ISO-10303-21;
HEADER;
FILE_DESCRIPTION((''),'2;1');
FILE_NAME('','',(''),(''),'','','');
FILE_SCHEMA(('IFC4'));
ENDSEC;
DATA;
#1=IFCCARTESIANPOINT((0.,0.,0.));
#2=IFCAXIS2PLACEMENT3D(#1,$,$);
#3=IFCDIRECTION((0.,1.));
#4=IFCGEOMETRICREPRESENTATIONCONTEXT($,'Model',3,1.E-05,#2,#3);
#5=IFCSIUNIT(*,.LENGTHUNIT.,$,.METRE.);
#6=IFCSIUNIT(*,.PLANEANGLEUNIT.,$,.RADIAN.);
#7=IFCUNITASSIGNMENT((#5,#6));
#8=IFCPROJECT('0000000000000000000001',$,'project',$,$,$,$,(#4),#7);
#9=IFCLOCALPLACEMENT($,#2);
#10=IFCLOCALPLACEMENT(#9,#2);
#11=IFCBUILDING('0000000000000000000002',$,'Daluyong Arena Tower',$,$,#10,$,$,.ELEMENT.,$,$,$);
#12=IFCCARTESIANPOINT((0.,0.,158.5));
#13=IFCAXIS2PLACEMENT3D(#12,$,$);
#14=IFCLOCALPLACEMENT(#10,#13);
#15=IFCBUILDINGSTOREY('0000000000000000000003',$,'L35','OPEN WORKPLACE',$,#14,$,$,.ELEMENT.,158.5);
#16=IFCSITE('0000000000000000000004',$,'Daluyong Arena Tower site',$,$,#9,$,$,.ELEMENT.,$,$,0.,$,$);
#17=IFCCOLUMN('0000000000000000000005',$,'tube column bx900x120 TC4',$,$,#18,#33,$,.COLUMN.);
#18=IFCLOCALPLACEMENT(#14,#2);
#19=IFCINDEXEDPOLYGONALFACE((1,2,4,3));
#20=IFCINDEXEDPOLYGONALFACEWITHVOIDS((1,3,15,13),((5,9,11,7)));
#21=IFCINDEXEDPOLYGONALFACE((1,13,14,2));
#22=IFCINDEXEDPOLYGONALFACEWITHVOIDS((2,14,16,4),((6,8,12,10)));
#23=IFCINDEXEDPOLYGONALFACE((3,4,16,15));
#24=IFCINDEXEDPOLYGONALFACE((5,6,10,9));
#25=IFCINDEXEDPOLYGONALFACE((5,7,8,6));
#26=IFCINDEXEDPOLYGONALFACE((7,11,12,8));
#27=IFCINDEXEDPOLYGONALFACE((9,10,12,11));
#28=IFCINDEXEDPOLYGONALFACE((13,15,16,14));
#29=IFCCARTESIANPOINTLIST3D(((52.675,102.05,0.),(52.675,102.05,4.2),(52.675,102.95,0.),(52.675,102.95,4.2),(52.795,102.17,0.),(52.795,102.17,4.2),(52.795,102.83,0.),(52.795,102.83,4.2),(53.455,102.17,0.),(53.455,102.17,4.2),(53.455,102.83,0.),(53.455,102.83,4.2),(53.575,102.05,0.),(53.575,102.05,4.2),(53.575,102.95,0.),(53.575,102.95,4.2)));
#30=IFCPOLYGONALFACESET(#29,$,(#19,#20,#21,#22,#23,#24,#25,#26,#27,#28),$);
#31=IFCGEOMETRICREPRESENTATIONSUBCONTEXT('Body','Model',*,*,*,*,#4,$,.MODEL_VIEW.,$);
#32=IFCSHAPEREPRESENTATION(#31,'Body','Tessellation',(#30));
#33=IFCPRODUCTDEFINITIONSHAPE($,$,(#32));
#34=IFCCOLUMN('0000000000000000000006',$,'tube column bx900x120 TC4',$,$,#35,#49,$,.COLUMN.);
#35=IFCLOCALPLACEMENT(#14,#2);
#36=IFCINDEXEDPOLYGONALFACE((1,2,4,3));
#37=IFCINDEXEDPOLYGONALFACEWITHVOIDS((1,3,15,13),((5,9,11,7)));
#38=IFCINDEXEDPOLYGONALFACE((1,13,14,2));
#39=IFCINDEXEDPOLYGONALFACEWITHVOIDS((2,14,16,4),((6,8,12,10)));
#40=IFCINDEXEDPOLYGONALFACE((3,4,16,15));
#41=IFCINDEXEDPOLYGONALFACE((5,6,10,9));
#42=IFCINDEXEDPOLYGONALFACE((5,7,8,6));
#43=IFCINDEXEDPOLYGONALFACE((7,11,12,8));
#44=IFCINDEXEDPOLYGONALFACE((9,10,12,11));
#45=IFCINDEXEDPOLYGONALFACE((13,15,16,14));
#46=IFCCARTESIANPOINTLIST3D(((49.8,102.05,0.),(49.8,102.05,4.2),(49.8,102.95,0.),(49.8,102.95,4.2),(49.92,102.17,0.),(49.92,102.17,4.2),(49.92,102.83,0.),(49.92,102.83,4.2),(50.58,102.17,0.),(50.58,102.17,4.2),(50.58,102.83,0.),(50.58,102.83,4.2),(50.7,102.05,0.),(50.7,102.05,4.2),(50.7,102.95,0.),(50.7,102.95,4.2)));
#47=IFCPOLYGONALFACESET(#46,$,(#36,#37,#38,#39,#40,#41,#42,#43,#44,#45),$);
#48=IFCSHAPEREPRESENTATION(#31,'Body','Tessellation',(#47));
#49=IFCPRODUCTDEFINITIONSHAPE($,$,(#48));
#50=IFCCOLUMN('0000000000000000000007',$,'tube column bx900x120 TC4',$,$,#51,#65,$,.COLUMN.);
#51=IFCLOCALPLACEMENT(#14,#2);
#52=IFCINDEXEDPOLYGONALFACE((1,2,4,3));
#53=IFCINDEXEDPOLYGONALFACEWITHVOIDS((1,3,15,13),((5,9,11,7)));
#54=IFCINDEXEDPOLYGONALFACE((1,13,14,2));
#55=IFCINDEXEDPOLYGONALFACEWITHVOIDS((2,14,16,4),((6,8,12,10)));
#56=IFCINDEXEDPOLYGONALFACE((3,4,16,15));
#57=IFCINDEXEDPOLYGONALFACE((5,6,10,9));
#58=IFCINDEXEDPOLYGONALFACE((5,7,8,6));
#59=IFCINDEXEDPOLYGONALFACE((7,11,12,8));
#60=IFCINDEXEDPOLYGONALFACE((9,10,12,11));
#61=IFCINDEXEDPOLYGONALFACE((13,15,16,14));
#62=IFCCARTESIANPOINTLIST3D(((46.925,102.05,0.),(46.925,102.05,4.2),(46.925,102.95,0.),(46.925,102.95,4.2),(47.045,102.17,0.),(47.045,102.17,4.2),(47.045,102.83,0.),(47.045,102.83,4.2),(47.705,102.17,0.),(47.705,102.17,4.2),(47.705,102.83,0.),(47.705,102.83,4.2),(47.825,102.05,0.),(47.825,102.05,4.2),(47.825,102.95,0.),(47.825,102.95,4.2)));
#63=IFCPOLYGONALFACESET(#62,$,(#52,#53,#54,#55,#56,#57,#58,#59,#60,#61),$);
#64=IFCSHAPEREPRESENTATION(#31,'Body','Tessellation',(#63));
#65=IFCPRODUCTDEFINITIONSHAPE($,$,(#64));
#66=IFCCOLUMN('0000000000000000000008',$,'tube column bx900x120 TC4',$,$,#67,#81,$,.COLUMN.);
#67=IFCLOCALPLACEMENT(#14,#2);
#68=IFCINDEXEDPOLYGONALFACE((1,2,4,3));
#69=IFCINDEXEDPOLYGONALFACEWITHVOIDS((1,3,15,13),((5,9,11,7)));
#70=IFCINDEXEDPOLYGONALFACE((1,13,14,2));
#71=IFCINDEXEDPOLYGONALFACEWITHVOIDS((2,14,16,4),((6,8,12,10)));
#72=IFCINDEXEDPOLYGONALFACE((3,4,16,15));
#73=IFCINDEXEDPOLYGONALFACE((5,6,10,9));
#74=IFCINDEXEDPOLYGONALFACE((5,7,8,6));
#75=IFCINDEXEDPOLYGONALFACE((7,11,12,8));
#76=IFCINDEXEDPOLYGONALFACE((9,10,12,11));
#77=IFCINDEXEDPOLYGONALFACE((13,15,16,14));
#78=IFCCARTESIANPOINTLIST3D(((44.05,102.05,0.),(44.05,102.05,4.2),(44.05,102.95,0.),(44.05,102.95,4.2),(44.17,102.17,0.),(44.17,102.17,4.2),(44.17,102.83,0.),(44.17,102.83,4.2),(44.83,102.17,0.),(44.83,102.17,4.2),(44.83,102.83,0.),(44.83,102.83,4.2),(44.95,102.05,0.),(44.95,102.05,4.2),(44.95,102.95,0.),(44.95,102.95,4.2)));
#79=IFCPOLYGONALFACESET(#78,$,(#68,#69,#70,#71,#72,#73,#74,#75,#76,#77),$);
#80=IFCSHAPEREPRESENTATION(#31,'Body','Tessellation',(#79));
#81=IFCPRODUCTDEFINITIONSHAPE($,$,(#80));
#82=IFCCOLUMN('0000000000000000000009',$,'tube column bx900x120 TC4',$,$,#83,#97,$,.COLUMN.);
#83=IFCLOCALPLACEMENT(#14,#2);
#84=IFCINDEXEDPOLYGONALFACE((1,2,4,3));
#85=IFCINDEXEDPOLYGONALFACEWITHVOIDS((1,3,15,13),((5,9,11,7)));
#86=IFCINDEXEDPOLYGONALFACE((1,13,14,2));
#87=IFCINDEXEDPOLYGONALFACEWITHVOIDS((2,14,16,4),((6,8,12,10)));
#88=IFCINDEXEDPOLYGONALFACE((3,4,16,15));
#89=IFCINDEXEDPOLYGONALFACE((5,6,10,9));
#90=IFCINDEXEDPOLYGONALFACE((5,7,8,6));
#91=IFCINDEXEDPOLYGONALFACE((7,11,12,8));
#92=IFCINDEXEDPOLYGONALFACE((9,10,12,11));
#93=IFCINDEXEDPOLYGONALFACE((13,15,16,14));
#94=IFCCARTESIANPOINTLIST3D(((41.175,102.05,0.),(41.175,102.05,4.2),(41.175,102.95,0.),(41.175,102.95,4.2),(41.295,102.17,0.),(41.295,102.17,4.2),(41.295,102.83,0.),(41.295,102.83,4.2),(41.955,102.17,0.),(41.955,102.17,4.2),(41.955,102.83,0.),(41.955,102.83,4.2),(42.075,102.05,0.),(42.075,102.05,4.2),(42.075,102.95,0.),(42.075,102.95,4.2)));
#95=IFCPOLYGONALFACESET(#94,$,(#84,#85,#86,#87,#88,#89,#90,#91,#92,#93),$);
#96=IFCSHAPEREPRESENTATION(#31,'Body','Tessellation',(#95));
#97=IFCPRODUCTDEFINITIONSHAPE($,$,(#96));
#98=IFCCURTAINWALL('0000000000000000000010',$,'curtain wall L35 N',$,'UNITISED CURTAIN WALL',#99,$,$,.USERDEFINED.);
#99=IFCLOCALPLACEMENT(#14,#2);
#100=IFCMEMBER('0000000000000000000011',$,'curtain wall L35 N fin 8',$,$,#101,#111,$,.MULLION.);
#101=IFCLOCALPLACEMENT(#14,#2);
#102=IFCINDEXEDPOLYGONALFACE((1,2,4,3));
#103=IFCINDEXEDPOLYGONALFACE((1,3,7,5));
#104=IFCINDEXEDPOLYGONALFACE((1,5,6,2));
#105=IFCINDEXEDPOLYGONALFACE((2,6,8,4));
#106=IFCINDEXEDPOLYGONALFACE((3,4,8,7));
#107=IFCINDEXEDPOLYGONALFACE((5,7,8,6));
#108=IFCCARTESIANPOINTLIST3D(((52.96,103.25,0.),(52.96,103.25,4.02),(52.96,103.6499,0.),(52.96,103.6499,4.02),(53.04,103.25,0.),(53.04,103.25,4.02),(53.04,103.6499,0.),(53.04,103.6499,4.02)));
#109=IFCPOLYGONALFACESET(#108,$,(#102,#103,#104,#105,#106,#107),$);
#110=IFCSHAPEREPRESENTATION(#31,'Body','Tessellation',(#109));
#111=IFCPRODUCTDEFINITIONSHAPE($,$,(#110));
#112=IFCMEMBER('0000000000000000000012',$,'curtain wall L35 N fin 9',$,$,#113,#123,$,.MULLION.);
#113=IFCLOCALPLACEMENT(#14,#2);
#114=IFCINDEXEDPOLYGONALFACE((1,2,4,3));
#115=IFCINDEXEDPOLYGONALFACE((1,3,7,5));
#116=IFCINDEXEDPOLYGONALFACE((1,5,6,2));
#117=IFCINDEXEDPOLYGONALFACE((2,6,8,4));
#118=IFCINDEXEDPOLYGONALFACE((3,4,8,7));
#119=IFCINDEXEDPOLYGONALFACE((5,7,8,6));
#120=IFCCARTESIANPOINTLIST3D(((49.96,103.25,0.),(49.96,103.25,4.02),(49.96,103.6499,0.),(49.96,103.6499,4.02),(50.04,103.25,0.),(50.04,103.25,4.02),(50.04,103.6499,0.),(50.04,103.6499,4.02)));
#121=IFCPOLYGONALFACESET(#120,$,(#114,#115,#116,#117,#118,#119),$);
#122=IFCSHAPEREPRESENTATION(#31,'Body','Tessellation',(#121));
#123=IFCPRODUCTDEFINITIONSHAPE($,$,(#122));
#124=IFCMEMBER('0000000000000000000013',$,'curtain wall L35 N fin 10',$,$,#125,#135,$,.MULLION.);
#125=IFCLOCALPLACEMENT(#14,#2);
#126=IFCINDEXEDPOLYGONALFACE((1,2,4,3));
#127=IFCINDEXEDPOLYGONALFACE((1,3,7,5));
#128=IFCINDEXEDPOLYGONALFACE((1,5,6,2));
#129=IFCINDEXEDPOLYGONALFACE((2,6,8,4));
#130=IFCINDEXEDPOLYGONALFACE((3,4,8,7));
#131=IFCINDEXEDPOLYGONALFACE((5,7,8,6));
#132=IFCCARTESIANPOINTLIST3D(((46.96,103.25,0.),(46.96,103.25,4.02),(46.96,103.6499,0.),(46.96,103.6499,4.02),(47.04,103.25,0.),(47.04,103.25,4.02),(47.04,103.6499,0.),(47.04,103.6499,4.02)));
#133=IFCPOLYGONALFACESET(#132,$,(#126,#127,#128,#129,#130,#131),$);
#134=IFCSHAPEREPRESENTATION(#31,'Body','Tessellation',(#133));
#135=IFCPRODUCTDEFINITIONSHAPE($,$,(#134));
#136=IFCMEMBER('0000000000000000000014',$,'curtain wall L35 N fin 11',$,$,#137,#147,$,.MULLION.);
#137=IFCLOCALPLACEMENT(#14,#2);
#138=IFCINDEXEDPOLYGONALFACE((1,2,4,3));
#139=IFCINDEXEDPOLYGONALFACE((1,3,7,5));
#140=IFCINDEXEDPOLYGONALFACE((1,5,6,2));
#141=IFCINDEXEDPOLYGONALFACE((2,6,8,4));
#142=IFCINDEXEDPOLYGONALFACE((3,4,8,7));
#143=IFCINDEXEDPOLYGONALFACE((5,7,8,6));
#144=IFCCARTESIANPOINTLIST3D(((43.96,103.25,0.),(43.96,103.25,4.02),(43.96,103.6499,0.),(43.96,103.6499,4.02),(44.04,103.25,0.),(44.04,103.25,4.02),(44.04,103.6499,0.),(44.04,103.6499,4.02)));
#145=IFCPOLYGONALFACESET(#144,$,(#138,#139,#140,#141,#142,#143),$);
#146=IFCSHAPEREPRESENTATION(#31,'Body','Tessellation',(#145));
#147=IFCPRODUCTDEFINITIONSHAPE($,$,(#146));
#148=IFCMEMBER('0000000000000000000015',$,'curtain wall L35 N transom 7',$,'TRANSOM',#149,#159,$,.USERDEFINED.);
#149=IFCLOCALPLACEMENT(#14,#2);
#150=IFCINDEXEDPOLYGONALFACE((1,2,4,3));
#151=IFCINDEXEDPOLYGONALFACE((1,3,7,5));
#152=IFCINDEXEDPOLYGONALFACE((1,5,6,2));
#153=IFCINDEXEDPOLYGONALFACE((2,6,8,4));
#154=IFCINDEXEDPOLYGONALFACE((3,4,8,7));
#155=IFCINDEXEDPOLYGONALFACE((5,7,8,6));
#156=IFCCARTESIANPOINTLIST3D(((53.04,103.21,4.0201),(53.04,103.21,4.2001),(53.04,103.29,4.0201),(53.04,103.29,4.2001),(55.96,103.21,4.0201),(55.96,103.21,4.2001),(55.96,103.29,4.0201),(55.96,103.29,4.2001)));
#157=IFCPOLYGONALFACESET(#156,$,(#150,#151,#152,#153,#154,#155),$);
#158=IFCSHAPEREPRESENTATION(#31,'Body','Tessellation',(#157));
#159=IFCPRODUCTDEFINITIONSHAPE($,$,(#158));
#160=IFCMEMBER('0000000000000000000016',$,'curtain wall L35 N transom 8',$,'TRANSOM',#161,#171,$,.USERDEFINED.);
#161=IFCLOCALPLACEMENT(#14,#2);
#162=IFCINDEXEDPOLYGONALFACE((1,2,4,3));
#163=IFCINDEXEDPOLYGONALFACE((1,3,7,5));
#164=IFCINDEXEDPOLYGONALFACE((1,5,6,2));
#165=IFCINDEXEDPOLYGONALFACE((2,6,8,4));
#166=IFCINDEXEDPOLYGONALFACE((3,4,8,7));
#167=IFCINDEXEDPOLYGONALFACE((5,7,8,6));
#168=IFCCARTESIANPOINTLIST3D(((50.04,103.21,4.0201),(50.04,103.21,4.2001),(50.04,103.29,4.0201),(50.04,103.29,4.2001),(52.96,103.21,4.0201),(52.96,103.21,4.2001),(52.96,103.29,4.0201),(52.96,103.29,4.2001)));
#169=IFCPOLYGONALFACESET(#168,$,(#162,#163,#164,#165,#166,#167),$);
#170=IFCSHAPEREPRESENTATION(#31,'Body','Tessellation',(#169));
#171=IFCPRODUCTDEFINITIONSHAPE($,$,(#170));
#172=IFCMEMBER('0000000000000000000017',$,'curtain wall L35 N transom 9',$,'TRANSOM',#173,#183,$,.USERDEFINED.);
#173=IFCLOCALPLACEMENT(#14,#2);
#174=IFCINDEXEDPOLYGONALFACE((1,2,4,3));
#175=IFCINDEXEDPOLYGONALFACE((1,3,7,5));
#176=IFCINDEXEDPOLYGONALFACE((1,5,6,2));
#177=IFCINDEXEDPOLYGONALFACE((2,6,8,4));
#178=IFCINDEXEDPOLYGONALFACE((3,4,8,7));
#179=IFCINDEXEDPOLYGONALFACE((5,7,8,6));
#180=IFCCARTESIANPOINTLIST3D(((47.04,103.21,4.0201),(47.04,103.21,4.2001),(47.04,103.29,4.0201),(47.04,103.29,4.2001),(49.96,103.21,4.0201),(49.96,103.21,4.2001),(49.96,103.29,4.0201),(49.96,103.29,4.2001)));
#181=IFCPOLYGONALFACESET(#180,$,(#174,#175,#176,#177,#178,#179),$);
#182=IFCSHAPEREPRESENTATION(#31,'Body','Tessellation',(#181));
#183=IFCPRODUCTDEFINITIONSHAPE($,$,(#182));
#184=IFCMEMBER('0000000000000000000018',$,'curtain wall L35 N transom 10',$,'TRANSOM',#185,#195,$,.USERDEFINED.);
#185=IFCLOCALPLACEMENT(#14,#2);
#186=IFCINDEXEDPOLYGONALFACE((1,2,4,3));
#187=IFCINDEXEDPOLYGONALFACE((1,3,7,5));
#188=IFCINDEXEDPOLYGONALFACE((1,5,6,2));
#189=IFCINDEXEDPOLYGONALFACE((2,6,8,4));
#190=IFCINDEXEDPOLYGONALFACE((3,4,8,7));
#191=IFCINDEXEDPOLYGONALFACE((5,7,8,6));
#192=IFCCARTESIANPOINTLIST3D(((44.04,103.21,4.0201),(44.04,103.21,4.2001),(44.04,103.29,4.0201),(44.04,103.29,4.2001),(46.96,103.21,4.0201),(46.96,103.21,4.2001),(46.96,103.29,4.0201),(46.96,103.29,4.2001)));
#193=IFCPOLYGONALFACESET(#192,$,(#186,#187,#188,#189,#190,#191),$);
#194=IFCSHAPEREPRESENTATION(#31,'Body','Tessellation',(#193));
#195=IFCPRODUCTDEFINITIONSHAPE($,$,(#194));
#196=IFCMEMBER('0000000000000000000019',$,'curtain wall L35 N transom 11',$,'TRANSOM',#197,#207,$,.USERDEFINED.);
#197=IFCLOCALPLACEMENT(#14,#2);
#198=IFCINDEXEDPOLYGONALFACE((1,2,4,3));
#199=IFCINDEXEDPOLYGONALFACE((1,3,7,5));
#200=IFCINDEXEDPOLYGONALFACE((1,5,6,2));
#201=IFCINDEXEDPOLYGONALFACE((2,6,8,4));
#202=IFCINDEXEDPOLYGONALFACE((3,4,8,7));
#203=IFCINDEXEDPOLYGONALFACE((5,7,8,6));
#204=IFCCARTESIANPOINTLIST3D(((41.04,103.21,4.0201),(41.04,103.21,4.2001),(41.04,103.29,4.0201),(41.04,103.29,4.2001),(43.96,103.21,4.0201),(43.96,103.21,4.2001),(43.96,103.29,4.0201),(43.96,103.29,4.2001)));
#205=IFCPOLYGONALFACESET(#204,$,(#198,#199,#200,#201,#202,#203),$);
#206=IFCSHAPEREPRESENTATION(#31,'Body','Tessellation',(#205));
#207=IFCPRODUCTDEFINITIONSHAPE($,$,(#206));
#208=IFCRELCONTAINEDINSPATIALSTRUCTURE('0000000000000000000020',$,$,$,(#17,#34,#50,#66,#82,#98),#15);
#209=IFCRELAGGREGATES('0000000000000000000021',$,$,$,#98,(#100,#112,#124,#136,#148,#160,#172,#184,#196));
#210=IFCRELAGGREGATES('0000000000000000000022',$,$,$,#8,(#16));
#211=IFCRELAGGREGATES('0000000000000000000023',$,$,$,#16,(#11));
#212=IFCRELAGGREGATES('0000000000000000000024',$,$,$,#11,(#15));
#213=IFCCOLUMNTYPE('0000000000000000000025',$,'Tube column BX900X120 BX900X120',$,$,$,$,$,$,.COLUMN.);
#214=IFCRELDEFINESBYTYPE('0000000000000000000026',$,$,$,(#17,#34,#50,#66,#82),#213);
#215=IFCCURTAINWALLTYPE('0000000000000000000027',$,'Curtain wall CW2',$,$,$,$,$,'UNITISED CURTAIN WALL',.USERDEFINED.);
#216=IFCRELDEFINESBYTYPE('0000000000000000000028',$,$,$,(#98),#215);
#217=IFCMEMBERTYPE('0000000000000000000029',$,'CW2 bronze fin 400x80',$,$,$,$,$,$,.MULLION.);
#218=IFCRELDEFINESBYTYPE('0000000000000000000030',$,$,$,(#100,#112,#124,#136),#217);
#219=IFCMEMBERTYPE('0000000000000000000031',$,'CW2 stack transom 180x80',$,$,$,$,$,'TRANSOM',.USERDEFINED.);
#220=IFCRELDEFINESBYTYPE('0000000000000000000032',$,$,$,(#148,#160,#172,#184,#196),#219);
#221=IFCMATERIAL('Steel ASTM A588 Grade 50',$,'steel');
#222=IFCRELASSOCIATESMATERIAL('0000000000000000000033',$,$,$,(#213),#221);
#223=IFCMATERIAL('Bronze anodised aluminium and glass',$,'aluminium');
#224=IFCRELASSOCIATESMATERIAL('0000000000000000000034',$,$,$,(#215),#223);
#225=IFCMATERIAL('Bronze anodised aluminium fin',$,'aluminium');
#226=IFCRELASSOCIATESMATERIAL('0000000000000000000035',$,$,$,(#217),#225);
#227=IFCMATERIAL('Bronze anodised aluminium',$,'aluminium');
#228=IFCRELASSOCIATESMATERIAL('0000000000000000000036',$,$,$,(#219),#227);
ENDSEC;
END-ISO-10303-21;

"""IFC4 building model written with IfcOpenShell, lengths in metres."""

from ifc_helpers import new_model, si_unit, direction, frame, origin, origin_2d, place, context, subcontext, project, spatial, rectangle, hollow_rectangle, extrude, material, material_profile, profile_set, type_object, element, aggregate, save


model = new_model("IFC4")

# Units and contexts
model_context = context("Model", 3, precision=1e-05, world=origin(), true_north=direction((0.0, 1.0)))
body_context = subcontext(model_context, "Body", "Model", "MODEL_VIEW")
ifc_project = project(units=[si_unit("LENGTHUNIT", "METRE"), si_unit("PLANEANGLEUNIT", "RADIAN")], contexts=[model_context])

# Site, building, storey
site_placement = place(None, origin())
site = spatial("IfcSite", under=ifc_project, at=site_placement, Name="Daluyong Arena Tower site", CompositionType="ELEMENT", RefElevation=0.0)
building_placement = place(site_placement, origin())
building = spatial("IfcBuilding", under=site, at=building_placement, Name="Daluyong Arena Tower", CompositionType="ELEMENT")
storey_placement = place(building_placement, frame((0.0, 0.0, 158.5)))
storey = spatial("IfcBuildingStorey", under=building, at=storey_placement, Name="L35", Description="OPEN WORKPLACE", CompositionType="ELEMENT", Elevation=158.5)

# Columns
ifc_material_1 = material(Name="Steel ASTM A588 Grade 50", Category="steel")
ifc_material_profile_1 = material_profile(ifc_material_1, hollow_rectangle(XDim=0.8999, YDim=0.8999, WallThickness=0.12, at=origin_2d()))
ifc_profile_set_1 = profile_set([ifc_material_profile_1], Name="Steel ASTM A588 Grade 50")
column_type = type_object("IfcColumnType", Name="Tube column BX900X120 BX900X120", PredefinedType="COLUMN", material=ifc_profile_set_1)
for number, where, z_axis, x_axis, name in (
    (1, (53.125, 102.5, 0.0), (0.0, 0.0, 1.0), (1.0, 0.0, 0.0), "tube column bx900x120 TC4"),
    (2, (50.25, 102.5, 0.0), (0.0, 0.0, 1.0), (1.0, 0.0, 0.0), "tube column bx900x120 TC4"),
    (3, (47.375, 102.5, 0.0), (0.0, 0.0, 1.0), (1.0, 0.0, 0.0), "tube column bx900x120 TC4"),
    (4, (44.5, 102.5, 0.0), (0.0, 0.0, 1.0), (1.0, 0.0, 0.0), "tube column bx900x120 TC4"),
    (5, (41.625, 102.5, 0.0), (0.0, 0.0, 1.0), (1.0, 0.0, 0.0), "tube column bx900x120 TC4"),
):
    element("IfcColumn", number, at=place(storey_placement, frame(where, z_axis=z_axis, x_axis=x_axis)), inside=storey, type_object=column_type, Name=name, PredefinedType="COLUMN", context=body_context, shape_type="SweptSolid", body=[
        extrude(hollow_rectangle(XDim=0.8999, YDim=0.8999, WallThickness=0.12, at=origin_2d()), origin(), (0.0, 0.0, 1.0), 4.2),
    ])

# Curtain wall, members
ifc_material_2 = material(Name="Bronze anodised aluminium and glass", Category="aluminium")
curtain_wall_type = type_object("IfcCurtainWallType", Name="Curtain wall CW2", ElementType="UNITISED CURTAIN WALL", PredefinedType="USERDEFINED", material=ifc_material_2)
curtain_wall_placement = place(storey_placement, origin())
curtain_wall = element("IfcCurtainWall", 6, at=curtain_wall_placement, inside=storey, type_object=curtain_wall_type, Name="curtain wall L35 N", ObjectType="UNITISED CURTAIN WALL", PredefinedType="USERDEFINED")
ifc_material_3 = material(Name="Bronze anodised aluminium fin", Category="aluminium")
ifc_material_profile_2 = material_profile(ifc_material_3, rectangle(XDim=0.3999, YDim=0.0801, at=origin_2d()))
ifc_profile_set_2 = profile_set([ifc_material_profile_2], Name="Bronze anodised aluminium fin")
member_type_1 = type_object("IfcMemberType", Name="CW2 bronze fin 400x80", PredefinedType="MULLION", material=ifc_profile_set_2)
member_1_placement = place(storey_placement, frame((53.0, 103.45, 0.0), z_axis=(0.0, 0.0, 1.0), x_axis=(0.0, -1.0, 0.0)))
member_1 = element("IfcMember", 7, at=member_1_placement, type_object=member_type_1, Name="curtain wall L35 N fin 8", PredefinedType="MULLION", context=body_context, shape_type="SweptSolid", body=[
    extrude(rectangle(XDim=0.3999, YDim=0.0801, at=origin_2d()), origin(), (0.0, 0.0, 1.0), 4.02),
])
member_2_placement = place(storey_placement, frame((50.0, 103.45, 0.0), z_axis=(0.0, 0.0, 1.0), x_axis=(0.0, -1.0, 0.0)))
member_2 = element("IfcMember", 8, at=member_2_placement, type_object=member_type_1, Name="curtain wall L35 N fin 9", PredefinedType="MULLION", context=body_context, shape_type="SweptSolid", body=[
    extrude(rectangle(XDim=0.3999, YDim=0.0801, at=origin_2d()), origin(), (0.0, 0.0, 1.0), 4.02),
])
member_3_placement = place(storey_placement, frame((47.0, 103.45, 0.0), z_axis=(0.0, 0.0, 1.0), x_axis=(0.0, -1.0, 0.0)))
member_3 = element("IfcMember", 9, at=member_3_placement, type_object=member_type_1, Name="curtain wall L35 N fin 10", PredefinedType="MULLION", context=body_context, shape_type="SweptSolid", body=[
    extrude(rectangle(XDim=0.3999, YDim=0.0801, at=origin_2d()), origin(), (0.0, 0.0, 1.0), 4.02),
])
member_4_placement = place(storey_placement, frame((44.0, 103.45, 0.0), z_axis=(0.0, 0.0, 1.0), x_axis=(0.0, -1.0, 0.0)))
member_4 = element("IfcMember", 10, at=member_4_placement, type_object=member_type_1, Name="curtain wall L35 N fin 11", PredefinedType="MULLION", context=body_context, shape_type="SweptSolid", body=[
    extrude(rectangle(XDim=0.3999, YDim=0.0801, at=origin_2d()), origin(), (0.0, 0.0, 1.0), 4.02),
])
ifc_material_4 = material(Name="Bronze anodised aluminium", Category="aluminium")
ifc_material_profile_3 = material_profile(ifc_material_4, rectangle(XDim=0.0801, YDim=0.1799, at=origin_2d()))
ifc_profile_set_3 = profile_set([ifc_material_profile_3], Name="Bronze anodised aluminium")
member_type_2 = type_object("IfcMemberType", Name="CW2 stack transom 180x80", ElementType="TRANSOM", PredefinedType="USERDEFINED", material=ifc_profile_set_3)
member_5_placement = place(storey_placement, frame((55.96, 103.25, 4.1101), z_axis=(-1.0, 0.0, 0.0), x_axis=(0.0, -1.0, 0.0)))
member_5 = element("IfcMember", 11, at=member_5_placement, type_object=member_type_2, Name="curtain wall L35 N transom 7", ObjectType="TRANSOM", PredefinedType="USERDEFINED", context=body_context, shape_type="SweptSolid", body=[
    extrude(rectangle(XDim=0.0801, YDim=0.1799, at=origin_2d()), origin(), (0.0, 0.0, 1.0), 2.9199),
])
member_6_placement = place(storey_placement, frame((52.96, 103.25, 4.1101), z_axis=(-1.0, 0.0, 0.0), x_axis=(0.0, -1.0, 0.0)))
member_6 = element("IfcMember", 12, at=member_6_placement, type_object=member_type_2, Name="curtain wall L35 N transom 8", ObjectType="TRANSOM", PredefinedType="USERDEFINED", context=body_context, shape_type="SweptSolid", body=[
    extrude(rectangle(XDim=0.0801, YDim=0.1799, at=origin_2d()), origin(), (0.0, 0.0, 1.0), 2.9199),
])
member_7_placement = place(storey_placement, frame((49.96, 103.25, 4.1101), z_axis=(-1.0, 0.0, 0.0), x_axis=(0.0, -1.0, 0.0)))
member_7 = element("IfcMember", 13, at=member_7_placement, type_object=member_type_2, Name="curtain wall L35 N transom 9", ObjectType="TRANSOM", PredefinedType="USERDEFINED", context=body_context, shape_type="SweptSolid", body=[
    extrude(rectangle(XDim=0.0801, YDim=0.1799, at=origin_2d()), origin(), (0.0, 0.0, 1.0), 2.9199),
])
member_8_placement = place(storey_placement, frame((46.96, 103.25, 4.1101), z_axis=(-1.0, 0.0, 0.0), x_axis=(0.0, -1.0, 0.0)))
member_8 = element("IfcMember", 14, at=member_8_placement, type_object=member_type_2, Name="curtain wall L35 N transom 10", ObjectType="TRANSOM", PredefinedType="USERDEFINED", context=body_context, shape_type="SweptSolid", body=[
    extrude(rectangle(XDim=0.0801, YDim=0.1799, at=origin_2d()), origin(), (0.0, 0.0, 1.0), 2.9199),
])
member_9_placement = place(storey_placement, frame((43.96, 103.25, 4.1101), z_axis=(-1.0, 0.0, 0.0), x_axis=(0.0, -1.0, 0.0)))
member_9 = element("IfcMember", 15, at=member_9_placement, type_object=member_type_2, Name="curtain wall L35 N transom 11", ObjectType="TRANSOM", PredefinedType="USERDEFINED", context=body_context, shape_type="SweptSolid", body=[
    extrude(rectangle(XDim=0.0801, YDim=0.1799, at=origin_2d()), origin(), (0.0, 0.0, 1.0), 2.9199),
])

aggregate(curtain_wall, [member_1, member_2, member_3, member_4, member_5, member_6, member_7, member_8, member_9])

save(model, "model.ifc")
